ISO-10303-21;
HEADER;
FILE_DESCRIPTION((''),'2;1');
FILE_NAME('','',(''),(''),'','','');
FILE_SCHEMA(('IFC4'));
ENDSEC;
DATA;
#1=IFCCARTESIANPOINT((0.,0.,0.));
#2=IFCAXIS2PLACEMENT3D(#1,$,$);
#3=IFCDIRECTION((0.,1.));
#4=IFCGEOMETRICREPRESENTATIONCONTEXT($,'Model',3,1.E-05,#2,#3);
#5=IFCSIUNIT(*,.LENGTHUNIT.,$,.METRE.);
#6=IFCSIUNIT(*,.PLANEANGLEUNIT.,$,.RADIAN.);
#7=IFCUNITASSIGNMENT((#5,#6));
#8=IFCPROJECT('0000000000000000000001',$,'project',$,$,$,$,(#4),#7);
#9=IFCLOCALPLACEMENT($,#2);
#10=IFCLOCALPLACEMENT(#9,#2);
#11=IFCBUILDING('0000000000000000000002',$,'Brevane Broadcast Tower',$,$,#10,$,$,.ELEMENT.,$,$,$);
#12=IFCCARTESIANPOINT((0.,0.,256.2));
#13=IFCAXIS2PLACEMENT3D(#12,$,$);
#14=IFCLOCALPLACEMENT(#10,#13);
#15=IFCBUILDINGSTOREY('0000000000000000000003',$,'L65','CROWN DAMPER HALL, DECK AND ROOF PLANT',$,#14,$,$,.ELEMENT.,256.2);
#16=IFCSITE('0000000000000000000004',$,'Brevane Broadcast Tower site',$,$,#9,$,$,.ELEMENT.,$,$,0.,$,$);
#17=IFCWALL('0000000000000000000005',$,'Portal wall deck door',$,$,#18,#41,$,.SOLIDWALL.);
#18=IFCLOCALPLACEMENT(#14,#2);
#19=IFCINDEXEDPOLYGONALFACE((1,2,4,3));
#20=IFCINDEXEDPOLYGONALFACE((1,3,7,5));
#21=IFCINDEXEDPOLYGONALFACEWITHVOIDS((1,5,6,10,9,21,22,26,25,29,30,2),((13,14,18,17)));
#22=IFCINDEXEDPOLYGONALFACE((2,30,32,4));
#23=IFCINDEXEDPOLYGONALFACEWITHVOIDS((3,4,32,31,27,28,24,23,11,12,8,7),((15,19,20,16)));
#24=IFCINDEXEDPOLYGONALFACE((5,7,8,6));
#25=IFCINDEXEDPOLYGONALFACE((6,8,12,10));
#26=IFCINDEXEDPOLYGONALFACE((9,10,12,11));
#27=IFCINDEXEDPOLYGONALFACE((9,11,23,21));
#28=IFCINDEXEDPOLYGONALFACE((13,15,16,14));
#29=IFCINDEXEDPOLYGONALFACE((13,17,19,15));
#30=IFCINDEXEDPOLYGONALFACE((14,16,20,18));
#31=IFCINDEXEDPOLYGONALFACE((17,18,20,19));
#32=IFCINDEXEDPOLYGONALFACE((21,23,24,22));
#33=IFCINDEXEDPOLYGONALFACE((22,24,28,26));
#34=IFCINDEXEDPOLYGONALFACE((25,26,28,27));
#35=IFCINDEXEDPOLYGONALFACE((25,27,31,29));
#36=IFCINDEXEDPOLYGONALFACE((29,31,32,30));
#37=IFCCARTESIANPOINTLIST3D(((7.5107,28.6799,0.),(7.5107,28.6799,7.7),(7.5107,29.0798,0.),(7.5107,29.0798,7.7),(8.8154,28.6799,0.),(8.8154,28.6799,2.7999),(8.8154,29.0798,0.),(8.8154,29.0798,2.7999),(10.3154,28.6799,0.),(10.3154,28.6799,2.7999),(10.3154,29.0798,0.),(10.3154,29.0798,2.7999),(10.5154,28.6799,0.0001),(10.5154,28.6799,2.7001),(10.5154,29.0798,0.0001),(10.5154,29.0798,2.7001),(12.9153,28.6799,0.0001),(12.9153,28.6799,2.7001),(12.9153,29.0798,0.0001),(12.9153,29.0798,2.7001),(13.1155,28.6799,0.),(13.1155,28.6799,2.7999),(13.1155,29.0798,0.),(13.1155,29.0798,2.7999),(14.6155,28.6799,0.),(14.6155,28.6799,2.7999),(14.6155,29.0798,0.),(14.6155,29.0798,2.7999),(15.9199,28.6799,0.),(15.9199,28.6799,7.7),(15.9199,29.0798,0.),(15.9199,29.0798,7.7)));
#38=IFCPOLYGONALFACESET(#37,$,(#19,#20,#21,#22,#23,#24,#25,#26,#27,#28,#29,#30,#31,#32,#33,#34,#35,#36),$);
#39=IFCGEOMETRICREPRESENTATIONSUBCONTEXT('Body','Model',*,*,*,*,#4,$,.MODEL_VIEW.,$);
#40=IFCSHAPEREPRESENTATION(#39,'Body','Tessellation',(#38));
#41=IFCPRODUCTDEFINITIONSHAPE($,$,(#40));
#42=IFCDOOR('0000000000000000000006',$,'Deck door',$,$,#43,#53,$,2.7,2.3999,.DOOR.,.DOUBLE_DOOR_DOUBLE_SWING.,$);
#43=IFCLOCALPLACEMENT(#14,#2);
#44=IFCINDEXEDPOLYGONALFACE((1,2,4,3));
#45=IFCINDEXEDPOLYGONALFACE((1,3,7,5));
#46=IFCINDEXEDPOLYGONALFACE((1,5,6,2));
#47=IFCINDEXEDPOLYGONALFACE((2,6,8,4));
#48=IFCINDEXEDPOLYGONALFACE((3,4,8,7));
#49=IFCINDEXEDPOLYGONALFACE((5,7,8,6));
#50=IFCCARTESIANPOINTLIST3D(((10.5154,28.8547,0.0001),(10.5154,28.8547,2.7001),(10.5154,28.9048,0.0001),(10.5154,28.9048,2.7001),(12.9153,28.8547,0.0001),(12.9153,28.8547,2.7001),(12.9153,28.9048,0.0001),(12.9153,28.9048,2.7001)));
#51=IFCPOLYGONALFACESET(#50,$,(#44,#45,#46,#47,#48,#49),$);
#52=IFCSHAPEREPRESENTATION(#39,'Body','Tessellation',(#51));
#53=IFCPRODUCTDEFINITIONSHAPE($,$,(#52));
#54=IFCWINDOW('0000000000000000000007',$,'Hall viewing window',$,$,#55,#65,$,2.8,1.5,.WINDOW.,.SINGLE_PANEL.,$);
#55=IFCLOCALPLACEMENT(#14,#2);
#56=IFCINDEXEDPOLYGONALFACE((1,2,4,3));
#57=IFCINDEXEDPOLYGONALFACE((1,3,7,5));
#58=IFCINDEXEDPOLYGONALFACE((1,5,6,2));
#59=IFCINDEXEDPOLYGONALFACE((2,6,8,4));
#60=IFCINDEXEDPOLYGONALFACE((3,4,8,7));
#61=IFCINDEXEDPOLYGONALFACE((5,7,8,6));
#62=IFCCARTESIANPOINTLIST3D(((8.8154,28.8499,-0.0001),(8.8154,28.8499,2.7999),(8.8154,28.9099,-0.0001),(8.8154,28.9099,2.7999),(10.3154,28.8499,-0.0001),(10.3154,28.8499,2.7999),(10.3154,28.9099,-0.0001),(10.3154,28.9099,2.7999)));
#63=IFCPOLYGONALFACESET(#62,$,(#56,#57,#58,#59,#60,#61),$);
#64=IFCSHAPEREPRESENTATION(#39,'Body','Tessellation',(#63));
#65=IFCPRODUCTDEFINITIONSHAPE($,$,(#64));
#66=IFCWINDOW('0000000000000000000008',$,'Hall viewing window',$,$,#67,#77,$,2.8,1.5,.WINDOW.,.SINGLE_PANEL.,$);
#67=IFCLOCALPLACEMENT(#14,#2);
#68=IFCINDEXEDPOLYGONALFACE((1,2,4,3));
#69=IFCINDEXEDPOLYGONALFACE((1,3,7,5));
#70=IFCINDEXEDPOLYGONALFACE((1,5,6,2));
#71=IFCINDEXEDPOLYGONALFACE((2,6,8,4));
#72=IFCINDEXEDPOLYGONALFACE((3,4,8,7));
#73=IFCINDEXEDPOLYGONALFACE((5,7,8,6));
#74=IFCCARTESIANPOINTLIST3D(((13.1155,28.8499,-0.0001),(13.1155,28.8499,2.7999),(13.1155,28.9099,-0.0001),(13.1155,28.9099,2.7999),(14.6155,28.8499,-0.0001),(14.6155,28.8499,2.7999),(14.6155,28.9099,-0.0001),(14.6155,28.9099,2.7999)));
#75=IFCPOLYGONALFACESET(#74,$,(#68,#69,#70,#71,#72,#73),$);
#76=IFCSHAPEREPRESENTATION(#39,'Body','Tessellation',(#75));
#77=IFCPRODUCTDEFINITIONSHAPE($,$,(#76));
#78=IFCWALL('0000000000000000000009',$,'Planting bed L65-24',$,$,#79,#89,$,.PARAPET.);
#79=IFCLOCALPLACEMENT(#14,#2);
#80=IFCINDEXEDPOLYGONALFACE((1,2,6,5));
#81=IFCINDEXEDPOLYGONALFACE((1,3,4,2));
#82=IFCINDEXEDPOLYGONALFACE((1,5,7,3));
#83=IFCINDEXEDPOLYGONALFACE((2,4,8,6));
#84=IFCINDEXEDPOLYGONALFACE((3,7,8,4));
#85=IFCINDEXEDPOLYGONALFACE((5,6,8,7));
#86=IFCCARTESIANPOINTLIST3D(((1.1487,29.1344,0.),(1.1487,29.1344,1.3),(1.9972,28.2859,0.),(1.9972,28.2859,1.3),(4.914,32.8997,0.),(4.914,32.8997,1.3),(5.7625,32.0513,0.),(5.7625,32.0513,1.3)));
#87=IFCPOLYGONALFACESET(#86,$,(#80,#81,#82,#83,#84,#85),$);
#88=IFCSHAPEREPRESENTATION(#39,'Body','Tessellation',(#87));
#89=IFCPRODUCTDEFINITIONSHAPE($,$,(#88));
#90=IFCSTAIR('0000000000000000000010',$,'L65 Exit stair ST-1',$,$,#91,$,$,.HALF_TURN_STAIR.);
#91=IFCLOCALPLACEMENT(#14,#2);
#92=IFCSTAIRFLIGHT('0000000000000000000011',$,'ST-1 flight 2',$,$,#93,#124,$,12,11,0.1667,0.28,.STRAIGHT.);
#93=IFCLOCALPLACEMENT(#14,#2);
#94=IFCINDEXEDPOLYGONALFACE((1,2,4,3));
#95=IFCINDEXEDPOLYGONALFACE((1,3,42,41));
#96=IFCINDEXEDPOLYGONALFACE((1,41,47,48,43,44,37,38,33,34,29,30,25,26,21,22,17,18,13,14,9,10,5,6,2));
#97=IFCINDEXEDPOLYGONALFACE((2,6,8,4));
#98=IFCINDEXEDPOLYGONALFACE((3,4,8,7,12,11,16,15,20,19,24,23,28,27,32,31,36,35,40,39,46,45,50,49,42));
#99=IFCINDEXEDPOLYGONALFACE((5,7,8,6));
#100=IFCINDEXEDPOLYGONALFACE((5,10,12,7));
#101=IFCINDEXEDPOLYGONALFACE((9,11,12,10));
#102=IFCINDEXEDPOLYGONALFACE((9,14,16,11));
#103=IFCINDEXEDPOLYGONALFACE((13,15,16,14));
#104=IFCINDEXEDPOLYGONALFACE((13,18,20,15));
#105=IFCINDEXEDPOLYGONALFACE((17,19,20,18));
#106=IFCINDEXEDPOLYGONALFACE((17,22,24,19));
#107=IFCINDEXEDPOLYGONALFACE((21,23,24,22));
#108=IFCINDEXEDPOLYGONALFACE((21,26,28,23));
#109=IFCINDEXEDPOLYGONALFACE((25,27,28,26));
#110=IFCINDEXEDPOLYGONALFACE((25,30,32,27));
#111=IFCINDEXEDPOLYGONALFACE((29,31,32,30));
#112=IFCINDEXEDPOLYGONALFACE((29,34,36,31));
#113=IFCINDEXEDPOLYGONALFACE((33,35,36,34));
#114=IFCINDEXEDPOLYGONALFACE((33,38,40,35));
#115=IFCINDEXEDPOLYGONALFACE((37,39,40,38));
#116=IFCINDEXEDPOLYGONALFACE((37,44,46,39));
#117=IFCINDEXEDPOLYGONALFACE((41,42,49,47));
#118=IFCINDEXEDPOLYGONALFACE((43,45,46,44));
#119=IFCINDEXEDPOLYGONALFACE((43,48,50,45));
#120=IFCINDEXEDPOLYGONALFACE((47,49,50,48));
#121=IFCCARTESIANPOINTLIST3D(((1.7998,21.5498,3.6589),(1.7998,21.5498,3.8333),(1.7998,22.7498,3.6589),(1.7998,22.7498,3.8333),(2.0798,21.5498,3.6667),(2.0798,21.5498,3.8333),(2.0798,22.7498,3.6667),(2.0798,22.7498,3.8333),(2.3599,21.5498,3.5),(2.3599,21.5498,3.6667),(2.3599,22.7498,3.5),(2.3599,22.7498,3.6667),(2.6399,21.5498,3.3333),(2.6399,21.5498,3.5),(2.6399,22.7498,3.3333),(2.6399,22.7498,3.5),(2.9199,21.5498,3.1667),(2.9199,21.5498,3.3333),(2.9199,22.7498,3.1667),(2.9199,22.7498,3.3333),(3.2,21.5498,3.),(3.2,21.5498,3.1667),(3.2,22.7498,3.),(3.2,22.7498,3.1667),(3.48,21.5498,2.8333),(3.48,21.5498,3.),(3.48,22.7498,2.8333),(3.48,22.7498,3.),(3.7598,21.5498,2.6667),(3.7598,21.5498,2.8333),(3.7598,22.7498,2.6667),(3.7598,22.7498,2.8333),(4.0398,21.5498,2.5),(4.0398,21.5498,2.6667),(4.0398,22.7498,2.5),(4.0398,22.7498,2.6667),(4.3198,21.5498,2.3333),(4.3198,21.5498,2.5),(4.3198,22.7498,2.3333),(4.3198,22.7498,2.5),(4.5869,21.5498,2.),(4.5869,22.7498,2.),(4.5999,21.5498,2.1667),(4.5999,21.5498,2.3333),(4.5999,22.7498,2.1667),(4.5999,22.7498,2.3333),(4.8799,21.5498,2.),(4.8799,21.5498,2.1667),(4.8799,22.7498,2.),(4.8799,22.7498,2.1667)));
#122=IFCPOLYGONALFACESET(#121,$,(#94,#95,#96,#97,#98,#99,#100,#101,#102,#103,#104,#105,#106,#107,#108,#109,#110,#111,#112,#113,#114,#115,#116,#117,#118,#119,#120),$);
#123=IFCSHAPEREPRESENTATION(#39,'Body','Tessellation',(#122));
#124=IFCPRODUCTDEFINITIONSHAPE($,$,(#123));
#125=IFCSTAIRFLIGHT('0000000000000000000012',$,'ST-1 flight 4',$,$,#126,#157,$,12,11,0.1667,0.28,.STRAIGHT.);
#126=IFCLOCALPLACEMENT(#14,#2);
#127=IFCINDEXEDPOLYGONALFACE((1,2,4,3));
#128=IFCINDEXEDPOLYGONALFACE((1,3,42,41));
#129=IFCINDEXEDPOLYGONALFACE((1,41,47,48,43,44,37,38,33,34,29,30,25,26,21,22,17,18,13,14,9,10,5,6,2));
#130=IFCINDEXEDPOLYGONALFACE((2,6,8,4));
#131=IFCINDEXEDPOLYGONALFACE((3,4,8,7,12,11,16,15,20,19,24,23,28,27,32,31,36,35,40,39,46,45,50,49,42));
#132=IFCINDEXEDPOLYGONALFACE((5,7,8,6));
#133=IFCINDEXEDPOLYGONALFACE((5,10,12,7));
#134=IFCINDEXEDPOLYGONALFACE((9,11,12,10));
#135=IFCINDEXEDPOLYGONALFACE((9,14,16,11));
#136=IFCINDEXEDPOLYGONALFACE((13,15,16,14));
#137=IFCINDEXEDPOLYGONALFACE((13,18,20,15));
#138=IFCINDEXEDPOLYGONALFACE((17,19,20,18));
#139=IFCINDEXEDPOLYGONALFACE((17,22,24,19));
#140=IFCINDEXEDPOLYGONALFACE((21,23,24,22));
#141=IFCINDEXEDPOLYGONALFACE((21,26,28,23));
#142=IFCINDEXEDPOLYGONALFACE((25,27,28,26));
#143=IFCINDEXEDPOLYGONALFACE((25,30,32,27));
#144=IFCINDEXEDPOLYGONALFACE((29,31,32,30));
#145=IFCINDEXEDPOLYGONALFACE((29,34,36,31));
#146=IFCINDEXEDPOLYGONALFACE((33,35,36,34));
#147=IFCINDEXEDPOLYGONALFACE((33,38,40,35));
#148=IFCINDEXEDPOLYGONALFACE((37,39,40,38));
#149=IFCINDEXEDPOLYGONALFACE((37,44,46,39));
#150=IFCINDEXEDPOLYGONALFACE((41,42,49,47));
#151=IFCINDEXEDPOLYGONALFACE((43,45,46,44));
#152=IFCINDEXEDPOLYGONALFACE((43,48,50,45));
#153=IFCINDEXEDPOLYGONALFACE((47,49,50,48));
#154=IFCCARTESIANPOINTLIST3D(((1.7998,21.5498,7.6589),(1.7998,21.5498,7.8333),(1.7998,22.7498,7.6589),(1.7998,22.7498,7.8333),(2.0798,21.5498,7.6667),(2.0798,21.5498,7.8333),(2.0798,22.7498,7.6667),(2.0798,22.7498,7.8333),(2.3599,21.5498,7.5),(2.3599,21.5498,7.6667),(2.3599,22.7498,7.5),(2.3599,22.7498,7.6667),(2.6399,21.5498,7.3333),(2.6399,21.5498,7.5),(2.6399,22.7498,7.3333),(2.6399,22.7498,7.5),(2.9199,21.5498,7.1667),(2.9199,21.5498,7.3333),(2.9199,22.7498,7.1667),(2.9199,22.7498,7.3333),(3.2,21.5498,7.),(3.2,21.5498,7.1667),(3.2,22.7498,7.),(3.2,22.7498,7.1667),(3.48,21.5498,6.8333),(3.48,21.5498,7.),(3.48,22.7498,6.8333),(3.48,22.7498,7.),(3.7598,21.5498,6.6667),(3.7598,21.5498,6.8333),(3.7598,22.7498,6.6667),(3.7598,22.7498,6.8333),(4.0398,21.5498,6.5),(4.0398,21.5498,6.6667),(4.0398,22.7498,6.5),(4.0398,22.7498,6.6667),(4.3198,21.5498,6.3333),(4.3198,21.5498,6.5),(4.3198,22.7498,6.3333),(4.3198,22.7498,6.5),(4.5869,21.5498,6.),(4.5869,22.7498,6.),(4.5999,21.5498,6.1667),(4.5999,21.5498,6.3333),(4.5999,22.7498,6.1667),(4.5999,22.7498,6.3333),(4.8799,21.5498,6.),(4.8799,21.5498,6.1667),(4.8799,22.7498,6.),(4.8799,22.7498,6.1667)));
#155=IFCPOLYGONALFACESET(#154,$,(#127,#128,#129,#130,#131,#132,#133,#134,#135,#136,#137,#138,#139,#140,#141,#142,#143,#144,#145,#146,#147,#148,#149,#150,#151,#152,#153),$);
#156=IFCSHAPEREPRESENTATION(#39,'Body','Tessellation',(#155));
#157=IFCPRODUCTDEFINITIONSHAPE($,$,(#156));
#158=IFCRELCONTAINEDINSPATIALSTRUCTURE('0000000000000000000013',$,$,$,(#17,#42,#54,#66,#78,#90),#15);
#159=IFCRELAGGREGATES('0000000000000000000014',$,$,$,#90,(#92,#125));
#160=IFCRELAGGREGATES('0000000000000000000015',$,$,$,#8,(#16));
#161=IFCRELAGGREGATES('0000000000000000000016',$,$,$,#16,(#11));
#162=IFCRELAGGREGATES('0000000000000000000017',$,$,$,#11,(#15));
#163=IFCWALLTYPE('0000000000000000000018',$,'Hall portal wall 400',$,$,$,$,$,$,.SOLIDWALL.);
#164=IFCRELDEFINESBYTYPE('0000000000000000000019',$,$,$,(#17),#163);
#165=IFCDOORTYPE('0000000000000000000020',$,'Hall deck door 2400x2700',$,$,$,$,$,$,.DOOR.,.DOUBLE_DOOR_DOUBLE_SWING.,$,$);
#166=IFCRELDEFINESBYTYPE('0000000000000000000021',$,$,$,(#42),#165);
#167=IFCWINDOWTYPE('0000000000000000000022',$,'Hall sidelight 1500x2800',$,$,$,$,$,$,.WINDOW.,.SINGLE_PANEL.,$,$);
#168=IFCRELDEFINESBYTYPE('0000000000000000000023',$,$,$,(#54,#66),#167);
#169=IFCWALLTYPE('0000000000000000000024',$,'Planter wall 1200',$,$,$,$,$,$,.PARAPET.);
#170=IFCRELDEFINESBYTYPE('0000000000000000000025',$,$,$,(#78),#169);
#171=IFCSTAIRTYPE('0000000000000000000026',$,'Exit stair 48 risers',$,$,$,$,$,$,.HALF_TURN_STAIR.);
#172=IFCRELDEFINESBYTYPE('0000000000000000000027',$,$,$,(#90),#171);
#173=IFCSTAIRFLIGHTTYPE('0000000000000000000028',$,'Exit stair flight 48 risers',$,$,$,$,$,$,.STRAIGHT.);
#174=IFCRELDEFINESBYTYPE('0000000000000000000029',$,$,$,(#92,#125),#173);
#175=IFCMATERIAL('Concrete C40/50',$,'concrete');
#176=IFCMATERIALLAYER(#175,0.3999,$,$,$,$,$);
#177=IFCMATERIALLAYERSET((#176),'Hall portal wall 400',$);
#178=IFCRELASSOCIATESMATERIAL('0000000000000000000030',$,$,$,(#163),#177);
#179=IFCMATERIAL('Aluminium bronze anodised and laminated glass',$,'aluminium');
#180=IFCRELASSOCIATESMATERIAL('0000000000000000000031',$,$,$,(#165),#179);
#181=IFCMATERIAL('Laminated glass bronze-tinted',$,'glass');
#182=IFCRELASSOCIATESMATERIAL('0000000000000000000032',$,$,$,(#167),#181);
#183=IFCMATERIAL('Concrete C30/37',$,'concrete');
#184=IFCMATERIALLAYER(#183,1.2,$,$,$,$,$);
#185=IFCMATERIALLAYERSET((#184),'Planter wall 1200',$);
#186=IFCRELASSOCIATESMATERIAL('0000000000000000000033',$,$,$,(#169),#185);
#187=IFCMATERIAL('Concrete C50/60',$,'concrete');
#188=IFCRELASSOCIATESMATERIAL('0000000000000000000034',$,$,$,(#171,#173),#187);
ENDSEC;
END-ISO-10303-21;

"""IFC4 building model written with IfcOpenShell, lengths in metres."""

from ifc_helpers import new_model, si_unit, direction, frame, frame_2d, origin, place, context, subcontext, project, spatial, polyline, rectangle, outline, extrude, material, layer, layer_set, type_object, element, fill, aggregate, save


model = new_model("IFC4")

# Units and contexts
model_context = context("Model", 3, precision=1e-05, world=origin(), true_north=direction((0.0, 1.0)))
body_context = subcontext(model_context, "Body", "Model", "MODEL_VIEW")
ifc_project = project(units=[si_unit("LENGTHUNIT", "METRE"), si_unit("PLANEANGLEUNIT", "RADIAN")], contexts=[model_context])

# Site, building, storey
site_placement = place(None, origin())
site = spatial("IfcSite", under=ifc_project, at=site_placement, Name="Brevane Broadcast Tower site", CompositionType="ELEMENT", RefElevation=0.0)
building_placement = place(site_placement, origin())
building = spatial("IfcBuilding", under=site, at=building_placement, Name="Brevane Broadcast Tower", CompositionType="ELEMENT")
storey_placement = place(building_placement, frame((0.0, 0.0, 256.2)))
storey = spatial("IfcBuildingStorey", under=building, at=storey_placement, Name="L65", Description="CROWN DAMPER HALL, DECK AND ROOF PLANT", CompositionType="ELEMENT", Elevation=256.2)

# Shared definitions
ifc_material_1 = material(Name="Laminated glass bronze-tinted", Category="glass")

# Shared definitions
ifc_material_2 = material(Name="Concrete C50/60", Category="concrete")

# Wall, openings, door, windows
ifc_material_3 = material(Name="Concrete C40/50", Category="concrete")
ifc_layer_1 = layer(ifc_material_3, 0.3999)
ifc_layer_set_1 = layer_set([ifc_layer_1], Name="Hall portal wall 400")
wall_type_1 = type_object("IfcWallType", Name="Hall portal wall 400", PredefinedType="SOLIDWALL", material=ifc_layer_set_1)
wall_1_placement = place(storey_placement, frame((7.5107, 28.8799, 0.0), z_axis=(0.0, 0.0, 1.0), x_axis=(1.0, 0.0, 0.0)))
wall_1 = element("IfcWall", 1, at=wall_1_placement, inside=storey, type_object=wall_type_1, Name="Portal wall deck door", PredefinedType="SOLIDWALL", context=body_context, shape_type="SweptSolid", body=[
    extrude(rectangle(XDim=8.4092, YDim=0.3999, at=frame_2d((4.2046, 0.0))), origin(), (0.0, 0.0, 1.0), 7.7),
])
opening_1_placement = place(wall_1_placement, frame((3.0046, 0.0, 0.0)))
opening_1 = element("IfcOpeningElement", 2, at=opening_1_placement, cuts=wall_1, PredefinedType="OPENING", context=body_context, shape_type="SweptSolid", body=[
    extrude(rectangle(XDim=2.3999, YDim=2.7, at=frame_2d((1.2, 1.3501))), frame((0.0, 0.21, 0.0), z_axis=(0.0, -1.0, 0.0), x_axis=(1.0, 0.0, 0.0)), (0.0, 0.0, 1.0), 0.4199),
])
opening_2_placement = place(wall_1_placement, frame((1.3047, 0.0, 0.0)))
opening_2 = element("IfcOpeningElement", 3, at=opening_2_placement, cuts=wall_1, PredefinedType="OPENING", context=body_context, shape_type="SweptSolid", body=[
    extrude(rectangle(XDim=1.5, YDim=2.8, at=frame_2d((0.75, 1.3999))), frame((0.0, 0.21, 0.0), z_axis=(0.0, -1.0, 0.0), x_axis=(1.0, 0.0, 0.0)), (0.0, 0.0, 1.0), 0.4199),
])
opening_3_placement = place(wall_1_placement, frame((5.6047, 0.0, 0.0)))
opening_3 = element("IfcOpeningElement", 4, at=opening_3_placement, cuts=wall_1, PredefinedType="OPENING", context=body_context, shape_type="SweptSolid", body=[
    extrude(rectangle(XDim=1.5, YDim=2.8, at=frame_2d((0.75, 1.3999))), frame((0.0, 0.21, 0.0), z_axis=(0.0, -1.0, 0.0), x_axis=(1.0, 0.0, 0.0)), (0.0, 0.0, 1.0), 0.4199),
])
ifc_material_4 = material(Name="Aluminium bronze anodised and laminated glass", Category="aluminium")
door_type_1 = type_object("IfcDoorType", Name="Hall deck door 2400x2700", OperationType="DOUBLE_DOOR_DOUBLE_SWING", PredefinedType="DOOR", material=ifc_material_4)
door_1_placement = place(opening_1_placement, origin())
door_1 = element("IfcDoor", 5, at=door_1_placement, inside=storey, type_object=door_type_1, Name="Deck door", OperationType="DOUBLE_DOOR_DOUBLE_SWING", OverallHeight=2.7, OverallWidth=2.3999, PredefinedType="DOOR", context=body_context, shape_type="SweptSolid", body=[
    extrude(rectangle(XDim=2.3999, YDim=2.7, at=frame_2d((1.2, 1.3501))), frame((0.0, 0.0249, 0.0), z_axis=(0.0, -1.0, 0.0), x_axis=(1.0, 0.0, 0.0)), (0.0, 0.0, 1.0), 0.05),
])
fill(opening_1, door_1)
window_type = type_object("IfcWindowType", Name="Hall sidelight 1500x2800", PartitioningType="SINGLE_PANEL", PredefinedType="WINDOW", material=ifc_material_1)
window_1_placement = place(opening_2_placement, origin())
window_1 = element("IfcWindow", 6, at=window_1_placement, inside=storey, type_object=window_type, Name="Hall viewing window", OverallHeight=2.8, OverallWidth=1.5, PartitioningType="SINGLE_PANEL", PredefinedType="WINDOW", context=body_context, shape_type="SweptSolid", body=[
    extrude(rectangle(XDim=1.5, YDim=2.8, at=frame_2d((0.75, 1.3999))), frame((0.0, 0.03, 0.0), z_axis=(0.0, -1.0, 0.0), x_axis=(1.0, 0.0, 0.0)), (0.0, 0.0, 1.0), 0.0601),
])
fill(opening_2, window_1)
window_2_placement = place(opening_3_placement, origin())
window_2 = element("IfcWindow", 7, at=window_2_placement, inside=storey, type_object=window_type, Name="Hall viewing window", OverallHeight=2.8, OverallWidth=1.5, PartitioningType="SINGLE_PANEL", PredefinedType="WINDOW", context=body_context, shape_type="SweptSolid", body=[
    extrude(rectangle(XDim=1.5, YDim=2.8, at=frame_2d((0.75, 1.3999))), frame((0.0, 0.03, 0.0), z_axis=(0.0, -1.0, 0.0), x_axis=(1.0, 0.0, 0.0)), (0.0, 0.0, 1.0), 0.0601),
])
fill(opening_3, window_2)

# Wall
ifc_material_5 = material(Name="Concrete C30/37", Category="concrete")
ifc_layer_2 = layer(ifc_material_5, 1.2)
ifc_layer_set_2 = layer_set([ifc_layer_2], Name="Planter wall 1200")
wall_type_2 = type_object("IfcWallType", Name="Planter wall 1200", PredefinedType="PARAPET", material=ifc_layer_set_2)
wall_2_placement = place(storey_placement, frame((5.3384, 32.4756, 0.0), z_axis=(0.0, 0.0, 1.0), x_axis=(-0.707107, -0.707107, 0.0)))
element("IfcWall", 8, at=wall_2_placement, inside=storey, type_object=wall_type_2, Name="Planting bed L65-24", PredefinedType="PARAPET", context=body_context, shape_type="SweptSolid", body=[
    extrude(rectangle(XDim=5.325, YDim=1.2, at=frame_2d((2.6626, 0.0))), origin(), (0.0, 0.0, 1.0), 1.3),
])

# Stair, stair flights
stair_type = type_object("IfcStairType", Name="Exit stair 48 risers", PredefinedType="HALF_TURN_STAIR", material=ifc_material_2)
stair_placement = place(storey_placement, origin())
stair = element("IfcStair", 9, at=stair_placement, inside=storey, type_object=stair_type, Name="L65 Exit stair ST-1", PredefinedType="HALF_TURN_STAIR")
stair_flight_type = type_object("IfcStairFlightType", Name="Exit stair flight 48 risers", PredefinedType="STRAIGHT", material=ifc_material_2)
stair_flight_1_placement = place(storey_placement, frame((4.8799, 22.1499, 2.0), z_axis=(0.0, 0.0, 1.0), x_axis=(-1.0, 0.0, 0.0)))
stair_flight_1 = element("IfcStairFlight", 10, at=stair_flight_1_placement, type_object=stair_flight_type, Name="ST-1 flight 2", NumberOfRisers=12, NumberOfTreads=11, PredefinedType="STRAIGHT", RiserHeight=0.1667, TreadLength=0.28, context=body_context, shape_type="SweptSolid", body=[
    extrude(outline(polyline([(0.0, 0.0), (0.0, 0.1667), (0.28, 0.1667), (0.28, 0.3333), (0.5601, 0.3333), (0.5601, 0.5), (0.8401, 0.5), (0.8401, 0.6667), (1.1201, 0.6667), (1.1201, 0.8333), (1.3999, 0.8333), (1.3999, 1.0), (1.6799, 1.0), (1.6799, 1.1667), (1.96, 1.1667), (1.96, 1.3333), (2.24, 1.3333), (2.24, 1.5), (2.52, 1.5), (2.52, 1.6667), (2.8, 1.6667), (2.8, 1.8333), (3.0801, 1.8333), (3.0801, 2.0), (3.0801, 1.6589), (0.293, 0.0), (0.0, 0.0)])), frame((0.0, 0.6001, 0.0), z_axis=(0.0, -1.0, 0.0), x_axis=(1.0, 0.0, 0.0)), (0.0, 0.0, 1.0), 1.2),
])
stair_flight_2_placement = place(storey_placement, frame((4.8799, 22.1499, 6.0), z_axis=(0.0, 0.0, 1.0), x_axis=(-1.0, 0.0, 0.0)))
stair_flight_2 = element("IfcStairFlight", 11, at=stair_flight_2_placement, type_object=stair_flight_type, Name="ST-1 flight 4", NumberOfRisers=12, NumberOfTreads=11, PredefinedType="STRAIGHT", RiserHeight=0.1667, TreadLength=0.28, context=body_context, shape_type="SweptSolid", body=[
    extrude(outline(polyline([(0.0, 0.0), (0.0, 0.1667), (0.28, 0.1667), (0.28, 0.3333), (0.5601, 0.3333), (0.5601, 0.5), (0.8401, 0.5), (0.8401, 0.6667), (1.1201, 0.6667), (1.1201, 0.8333), (1.3999, 0.8333), (1.3999, 1.0), (1.6799, 1.0), (1.6799, 1.1667), (1.96, 1.1667), (1.96, 1.3333), (2.24, 1.3333), (2.24, 1.5), (2.52, 1.5), (2.52, 1.6667), (2.8, 1.6667), (2.8, 1.8333), (3.0801, 1.8333), (3.0801, 2.0), (3.0801, 1.6589), (0.293, 0.0), (0.0, 0.0)])), frame((0.0, 0.6001, 0.0), z_axis=(0.0, -1.0, 0.0), x_axis=(1.0, 0.0, 0.0)), (0.0, 0.0, 1.0), 1.2),
])
aggregate(stair, [stair_flight_1, stair_flight_2])

save(model, "model.ifc")
